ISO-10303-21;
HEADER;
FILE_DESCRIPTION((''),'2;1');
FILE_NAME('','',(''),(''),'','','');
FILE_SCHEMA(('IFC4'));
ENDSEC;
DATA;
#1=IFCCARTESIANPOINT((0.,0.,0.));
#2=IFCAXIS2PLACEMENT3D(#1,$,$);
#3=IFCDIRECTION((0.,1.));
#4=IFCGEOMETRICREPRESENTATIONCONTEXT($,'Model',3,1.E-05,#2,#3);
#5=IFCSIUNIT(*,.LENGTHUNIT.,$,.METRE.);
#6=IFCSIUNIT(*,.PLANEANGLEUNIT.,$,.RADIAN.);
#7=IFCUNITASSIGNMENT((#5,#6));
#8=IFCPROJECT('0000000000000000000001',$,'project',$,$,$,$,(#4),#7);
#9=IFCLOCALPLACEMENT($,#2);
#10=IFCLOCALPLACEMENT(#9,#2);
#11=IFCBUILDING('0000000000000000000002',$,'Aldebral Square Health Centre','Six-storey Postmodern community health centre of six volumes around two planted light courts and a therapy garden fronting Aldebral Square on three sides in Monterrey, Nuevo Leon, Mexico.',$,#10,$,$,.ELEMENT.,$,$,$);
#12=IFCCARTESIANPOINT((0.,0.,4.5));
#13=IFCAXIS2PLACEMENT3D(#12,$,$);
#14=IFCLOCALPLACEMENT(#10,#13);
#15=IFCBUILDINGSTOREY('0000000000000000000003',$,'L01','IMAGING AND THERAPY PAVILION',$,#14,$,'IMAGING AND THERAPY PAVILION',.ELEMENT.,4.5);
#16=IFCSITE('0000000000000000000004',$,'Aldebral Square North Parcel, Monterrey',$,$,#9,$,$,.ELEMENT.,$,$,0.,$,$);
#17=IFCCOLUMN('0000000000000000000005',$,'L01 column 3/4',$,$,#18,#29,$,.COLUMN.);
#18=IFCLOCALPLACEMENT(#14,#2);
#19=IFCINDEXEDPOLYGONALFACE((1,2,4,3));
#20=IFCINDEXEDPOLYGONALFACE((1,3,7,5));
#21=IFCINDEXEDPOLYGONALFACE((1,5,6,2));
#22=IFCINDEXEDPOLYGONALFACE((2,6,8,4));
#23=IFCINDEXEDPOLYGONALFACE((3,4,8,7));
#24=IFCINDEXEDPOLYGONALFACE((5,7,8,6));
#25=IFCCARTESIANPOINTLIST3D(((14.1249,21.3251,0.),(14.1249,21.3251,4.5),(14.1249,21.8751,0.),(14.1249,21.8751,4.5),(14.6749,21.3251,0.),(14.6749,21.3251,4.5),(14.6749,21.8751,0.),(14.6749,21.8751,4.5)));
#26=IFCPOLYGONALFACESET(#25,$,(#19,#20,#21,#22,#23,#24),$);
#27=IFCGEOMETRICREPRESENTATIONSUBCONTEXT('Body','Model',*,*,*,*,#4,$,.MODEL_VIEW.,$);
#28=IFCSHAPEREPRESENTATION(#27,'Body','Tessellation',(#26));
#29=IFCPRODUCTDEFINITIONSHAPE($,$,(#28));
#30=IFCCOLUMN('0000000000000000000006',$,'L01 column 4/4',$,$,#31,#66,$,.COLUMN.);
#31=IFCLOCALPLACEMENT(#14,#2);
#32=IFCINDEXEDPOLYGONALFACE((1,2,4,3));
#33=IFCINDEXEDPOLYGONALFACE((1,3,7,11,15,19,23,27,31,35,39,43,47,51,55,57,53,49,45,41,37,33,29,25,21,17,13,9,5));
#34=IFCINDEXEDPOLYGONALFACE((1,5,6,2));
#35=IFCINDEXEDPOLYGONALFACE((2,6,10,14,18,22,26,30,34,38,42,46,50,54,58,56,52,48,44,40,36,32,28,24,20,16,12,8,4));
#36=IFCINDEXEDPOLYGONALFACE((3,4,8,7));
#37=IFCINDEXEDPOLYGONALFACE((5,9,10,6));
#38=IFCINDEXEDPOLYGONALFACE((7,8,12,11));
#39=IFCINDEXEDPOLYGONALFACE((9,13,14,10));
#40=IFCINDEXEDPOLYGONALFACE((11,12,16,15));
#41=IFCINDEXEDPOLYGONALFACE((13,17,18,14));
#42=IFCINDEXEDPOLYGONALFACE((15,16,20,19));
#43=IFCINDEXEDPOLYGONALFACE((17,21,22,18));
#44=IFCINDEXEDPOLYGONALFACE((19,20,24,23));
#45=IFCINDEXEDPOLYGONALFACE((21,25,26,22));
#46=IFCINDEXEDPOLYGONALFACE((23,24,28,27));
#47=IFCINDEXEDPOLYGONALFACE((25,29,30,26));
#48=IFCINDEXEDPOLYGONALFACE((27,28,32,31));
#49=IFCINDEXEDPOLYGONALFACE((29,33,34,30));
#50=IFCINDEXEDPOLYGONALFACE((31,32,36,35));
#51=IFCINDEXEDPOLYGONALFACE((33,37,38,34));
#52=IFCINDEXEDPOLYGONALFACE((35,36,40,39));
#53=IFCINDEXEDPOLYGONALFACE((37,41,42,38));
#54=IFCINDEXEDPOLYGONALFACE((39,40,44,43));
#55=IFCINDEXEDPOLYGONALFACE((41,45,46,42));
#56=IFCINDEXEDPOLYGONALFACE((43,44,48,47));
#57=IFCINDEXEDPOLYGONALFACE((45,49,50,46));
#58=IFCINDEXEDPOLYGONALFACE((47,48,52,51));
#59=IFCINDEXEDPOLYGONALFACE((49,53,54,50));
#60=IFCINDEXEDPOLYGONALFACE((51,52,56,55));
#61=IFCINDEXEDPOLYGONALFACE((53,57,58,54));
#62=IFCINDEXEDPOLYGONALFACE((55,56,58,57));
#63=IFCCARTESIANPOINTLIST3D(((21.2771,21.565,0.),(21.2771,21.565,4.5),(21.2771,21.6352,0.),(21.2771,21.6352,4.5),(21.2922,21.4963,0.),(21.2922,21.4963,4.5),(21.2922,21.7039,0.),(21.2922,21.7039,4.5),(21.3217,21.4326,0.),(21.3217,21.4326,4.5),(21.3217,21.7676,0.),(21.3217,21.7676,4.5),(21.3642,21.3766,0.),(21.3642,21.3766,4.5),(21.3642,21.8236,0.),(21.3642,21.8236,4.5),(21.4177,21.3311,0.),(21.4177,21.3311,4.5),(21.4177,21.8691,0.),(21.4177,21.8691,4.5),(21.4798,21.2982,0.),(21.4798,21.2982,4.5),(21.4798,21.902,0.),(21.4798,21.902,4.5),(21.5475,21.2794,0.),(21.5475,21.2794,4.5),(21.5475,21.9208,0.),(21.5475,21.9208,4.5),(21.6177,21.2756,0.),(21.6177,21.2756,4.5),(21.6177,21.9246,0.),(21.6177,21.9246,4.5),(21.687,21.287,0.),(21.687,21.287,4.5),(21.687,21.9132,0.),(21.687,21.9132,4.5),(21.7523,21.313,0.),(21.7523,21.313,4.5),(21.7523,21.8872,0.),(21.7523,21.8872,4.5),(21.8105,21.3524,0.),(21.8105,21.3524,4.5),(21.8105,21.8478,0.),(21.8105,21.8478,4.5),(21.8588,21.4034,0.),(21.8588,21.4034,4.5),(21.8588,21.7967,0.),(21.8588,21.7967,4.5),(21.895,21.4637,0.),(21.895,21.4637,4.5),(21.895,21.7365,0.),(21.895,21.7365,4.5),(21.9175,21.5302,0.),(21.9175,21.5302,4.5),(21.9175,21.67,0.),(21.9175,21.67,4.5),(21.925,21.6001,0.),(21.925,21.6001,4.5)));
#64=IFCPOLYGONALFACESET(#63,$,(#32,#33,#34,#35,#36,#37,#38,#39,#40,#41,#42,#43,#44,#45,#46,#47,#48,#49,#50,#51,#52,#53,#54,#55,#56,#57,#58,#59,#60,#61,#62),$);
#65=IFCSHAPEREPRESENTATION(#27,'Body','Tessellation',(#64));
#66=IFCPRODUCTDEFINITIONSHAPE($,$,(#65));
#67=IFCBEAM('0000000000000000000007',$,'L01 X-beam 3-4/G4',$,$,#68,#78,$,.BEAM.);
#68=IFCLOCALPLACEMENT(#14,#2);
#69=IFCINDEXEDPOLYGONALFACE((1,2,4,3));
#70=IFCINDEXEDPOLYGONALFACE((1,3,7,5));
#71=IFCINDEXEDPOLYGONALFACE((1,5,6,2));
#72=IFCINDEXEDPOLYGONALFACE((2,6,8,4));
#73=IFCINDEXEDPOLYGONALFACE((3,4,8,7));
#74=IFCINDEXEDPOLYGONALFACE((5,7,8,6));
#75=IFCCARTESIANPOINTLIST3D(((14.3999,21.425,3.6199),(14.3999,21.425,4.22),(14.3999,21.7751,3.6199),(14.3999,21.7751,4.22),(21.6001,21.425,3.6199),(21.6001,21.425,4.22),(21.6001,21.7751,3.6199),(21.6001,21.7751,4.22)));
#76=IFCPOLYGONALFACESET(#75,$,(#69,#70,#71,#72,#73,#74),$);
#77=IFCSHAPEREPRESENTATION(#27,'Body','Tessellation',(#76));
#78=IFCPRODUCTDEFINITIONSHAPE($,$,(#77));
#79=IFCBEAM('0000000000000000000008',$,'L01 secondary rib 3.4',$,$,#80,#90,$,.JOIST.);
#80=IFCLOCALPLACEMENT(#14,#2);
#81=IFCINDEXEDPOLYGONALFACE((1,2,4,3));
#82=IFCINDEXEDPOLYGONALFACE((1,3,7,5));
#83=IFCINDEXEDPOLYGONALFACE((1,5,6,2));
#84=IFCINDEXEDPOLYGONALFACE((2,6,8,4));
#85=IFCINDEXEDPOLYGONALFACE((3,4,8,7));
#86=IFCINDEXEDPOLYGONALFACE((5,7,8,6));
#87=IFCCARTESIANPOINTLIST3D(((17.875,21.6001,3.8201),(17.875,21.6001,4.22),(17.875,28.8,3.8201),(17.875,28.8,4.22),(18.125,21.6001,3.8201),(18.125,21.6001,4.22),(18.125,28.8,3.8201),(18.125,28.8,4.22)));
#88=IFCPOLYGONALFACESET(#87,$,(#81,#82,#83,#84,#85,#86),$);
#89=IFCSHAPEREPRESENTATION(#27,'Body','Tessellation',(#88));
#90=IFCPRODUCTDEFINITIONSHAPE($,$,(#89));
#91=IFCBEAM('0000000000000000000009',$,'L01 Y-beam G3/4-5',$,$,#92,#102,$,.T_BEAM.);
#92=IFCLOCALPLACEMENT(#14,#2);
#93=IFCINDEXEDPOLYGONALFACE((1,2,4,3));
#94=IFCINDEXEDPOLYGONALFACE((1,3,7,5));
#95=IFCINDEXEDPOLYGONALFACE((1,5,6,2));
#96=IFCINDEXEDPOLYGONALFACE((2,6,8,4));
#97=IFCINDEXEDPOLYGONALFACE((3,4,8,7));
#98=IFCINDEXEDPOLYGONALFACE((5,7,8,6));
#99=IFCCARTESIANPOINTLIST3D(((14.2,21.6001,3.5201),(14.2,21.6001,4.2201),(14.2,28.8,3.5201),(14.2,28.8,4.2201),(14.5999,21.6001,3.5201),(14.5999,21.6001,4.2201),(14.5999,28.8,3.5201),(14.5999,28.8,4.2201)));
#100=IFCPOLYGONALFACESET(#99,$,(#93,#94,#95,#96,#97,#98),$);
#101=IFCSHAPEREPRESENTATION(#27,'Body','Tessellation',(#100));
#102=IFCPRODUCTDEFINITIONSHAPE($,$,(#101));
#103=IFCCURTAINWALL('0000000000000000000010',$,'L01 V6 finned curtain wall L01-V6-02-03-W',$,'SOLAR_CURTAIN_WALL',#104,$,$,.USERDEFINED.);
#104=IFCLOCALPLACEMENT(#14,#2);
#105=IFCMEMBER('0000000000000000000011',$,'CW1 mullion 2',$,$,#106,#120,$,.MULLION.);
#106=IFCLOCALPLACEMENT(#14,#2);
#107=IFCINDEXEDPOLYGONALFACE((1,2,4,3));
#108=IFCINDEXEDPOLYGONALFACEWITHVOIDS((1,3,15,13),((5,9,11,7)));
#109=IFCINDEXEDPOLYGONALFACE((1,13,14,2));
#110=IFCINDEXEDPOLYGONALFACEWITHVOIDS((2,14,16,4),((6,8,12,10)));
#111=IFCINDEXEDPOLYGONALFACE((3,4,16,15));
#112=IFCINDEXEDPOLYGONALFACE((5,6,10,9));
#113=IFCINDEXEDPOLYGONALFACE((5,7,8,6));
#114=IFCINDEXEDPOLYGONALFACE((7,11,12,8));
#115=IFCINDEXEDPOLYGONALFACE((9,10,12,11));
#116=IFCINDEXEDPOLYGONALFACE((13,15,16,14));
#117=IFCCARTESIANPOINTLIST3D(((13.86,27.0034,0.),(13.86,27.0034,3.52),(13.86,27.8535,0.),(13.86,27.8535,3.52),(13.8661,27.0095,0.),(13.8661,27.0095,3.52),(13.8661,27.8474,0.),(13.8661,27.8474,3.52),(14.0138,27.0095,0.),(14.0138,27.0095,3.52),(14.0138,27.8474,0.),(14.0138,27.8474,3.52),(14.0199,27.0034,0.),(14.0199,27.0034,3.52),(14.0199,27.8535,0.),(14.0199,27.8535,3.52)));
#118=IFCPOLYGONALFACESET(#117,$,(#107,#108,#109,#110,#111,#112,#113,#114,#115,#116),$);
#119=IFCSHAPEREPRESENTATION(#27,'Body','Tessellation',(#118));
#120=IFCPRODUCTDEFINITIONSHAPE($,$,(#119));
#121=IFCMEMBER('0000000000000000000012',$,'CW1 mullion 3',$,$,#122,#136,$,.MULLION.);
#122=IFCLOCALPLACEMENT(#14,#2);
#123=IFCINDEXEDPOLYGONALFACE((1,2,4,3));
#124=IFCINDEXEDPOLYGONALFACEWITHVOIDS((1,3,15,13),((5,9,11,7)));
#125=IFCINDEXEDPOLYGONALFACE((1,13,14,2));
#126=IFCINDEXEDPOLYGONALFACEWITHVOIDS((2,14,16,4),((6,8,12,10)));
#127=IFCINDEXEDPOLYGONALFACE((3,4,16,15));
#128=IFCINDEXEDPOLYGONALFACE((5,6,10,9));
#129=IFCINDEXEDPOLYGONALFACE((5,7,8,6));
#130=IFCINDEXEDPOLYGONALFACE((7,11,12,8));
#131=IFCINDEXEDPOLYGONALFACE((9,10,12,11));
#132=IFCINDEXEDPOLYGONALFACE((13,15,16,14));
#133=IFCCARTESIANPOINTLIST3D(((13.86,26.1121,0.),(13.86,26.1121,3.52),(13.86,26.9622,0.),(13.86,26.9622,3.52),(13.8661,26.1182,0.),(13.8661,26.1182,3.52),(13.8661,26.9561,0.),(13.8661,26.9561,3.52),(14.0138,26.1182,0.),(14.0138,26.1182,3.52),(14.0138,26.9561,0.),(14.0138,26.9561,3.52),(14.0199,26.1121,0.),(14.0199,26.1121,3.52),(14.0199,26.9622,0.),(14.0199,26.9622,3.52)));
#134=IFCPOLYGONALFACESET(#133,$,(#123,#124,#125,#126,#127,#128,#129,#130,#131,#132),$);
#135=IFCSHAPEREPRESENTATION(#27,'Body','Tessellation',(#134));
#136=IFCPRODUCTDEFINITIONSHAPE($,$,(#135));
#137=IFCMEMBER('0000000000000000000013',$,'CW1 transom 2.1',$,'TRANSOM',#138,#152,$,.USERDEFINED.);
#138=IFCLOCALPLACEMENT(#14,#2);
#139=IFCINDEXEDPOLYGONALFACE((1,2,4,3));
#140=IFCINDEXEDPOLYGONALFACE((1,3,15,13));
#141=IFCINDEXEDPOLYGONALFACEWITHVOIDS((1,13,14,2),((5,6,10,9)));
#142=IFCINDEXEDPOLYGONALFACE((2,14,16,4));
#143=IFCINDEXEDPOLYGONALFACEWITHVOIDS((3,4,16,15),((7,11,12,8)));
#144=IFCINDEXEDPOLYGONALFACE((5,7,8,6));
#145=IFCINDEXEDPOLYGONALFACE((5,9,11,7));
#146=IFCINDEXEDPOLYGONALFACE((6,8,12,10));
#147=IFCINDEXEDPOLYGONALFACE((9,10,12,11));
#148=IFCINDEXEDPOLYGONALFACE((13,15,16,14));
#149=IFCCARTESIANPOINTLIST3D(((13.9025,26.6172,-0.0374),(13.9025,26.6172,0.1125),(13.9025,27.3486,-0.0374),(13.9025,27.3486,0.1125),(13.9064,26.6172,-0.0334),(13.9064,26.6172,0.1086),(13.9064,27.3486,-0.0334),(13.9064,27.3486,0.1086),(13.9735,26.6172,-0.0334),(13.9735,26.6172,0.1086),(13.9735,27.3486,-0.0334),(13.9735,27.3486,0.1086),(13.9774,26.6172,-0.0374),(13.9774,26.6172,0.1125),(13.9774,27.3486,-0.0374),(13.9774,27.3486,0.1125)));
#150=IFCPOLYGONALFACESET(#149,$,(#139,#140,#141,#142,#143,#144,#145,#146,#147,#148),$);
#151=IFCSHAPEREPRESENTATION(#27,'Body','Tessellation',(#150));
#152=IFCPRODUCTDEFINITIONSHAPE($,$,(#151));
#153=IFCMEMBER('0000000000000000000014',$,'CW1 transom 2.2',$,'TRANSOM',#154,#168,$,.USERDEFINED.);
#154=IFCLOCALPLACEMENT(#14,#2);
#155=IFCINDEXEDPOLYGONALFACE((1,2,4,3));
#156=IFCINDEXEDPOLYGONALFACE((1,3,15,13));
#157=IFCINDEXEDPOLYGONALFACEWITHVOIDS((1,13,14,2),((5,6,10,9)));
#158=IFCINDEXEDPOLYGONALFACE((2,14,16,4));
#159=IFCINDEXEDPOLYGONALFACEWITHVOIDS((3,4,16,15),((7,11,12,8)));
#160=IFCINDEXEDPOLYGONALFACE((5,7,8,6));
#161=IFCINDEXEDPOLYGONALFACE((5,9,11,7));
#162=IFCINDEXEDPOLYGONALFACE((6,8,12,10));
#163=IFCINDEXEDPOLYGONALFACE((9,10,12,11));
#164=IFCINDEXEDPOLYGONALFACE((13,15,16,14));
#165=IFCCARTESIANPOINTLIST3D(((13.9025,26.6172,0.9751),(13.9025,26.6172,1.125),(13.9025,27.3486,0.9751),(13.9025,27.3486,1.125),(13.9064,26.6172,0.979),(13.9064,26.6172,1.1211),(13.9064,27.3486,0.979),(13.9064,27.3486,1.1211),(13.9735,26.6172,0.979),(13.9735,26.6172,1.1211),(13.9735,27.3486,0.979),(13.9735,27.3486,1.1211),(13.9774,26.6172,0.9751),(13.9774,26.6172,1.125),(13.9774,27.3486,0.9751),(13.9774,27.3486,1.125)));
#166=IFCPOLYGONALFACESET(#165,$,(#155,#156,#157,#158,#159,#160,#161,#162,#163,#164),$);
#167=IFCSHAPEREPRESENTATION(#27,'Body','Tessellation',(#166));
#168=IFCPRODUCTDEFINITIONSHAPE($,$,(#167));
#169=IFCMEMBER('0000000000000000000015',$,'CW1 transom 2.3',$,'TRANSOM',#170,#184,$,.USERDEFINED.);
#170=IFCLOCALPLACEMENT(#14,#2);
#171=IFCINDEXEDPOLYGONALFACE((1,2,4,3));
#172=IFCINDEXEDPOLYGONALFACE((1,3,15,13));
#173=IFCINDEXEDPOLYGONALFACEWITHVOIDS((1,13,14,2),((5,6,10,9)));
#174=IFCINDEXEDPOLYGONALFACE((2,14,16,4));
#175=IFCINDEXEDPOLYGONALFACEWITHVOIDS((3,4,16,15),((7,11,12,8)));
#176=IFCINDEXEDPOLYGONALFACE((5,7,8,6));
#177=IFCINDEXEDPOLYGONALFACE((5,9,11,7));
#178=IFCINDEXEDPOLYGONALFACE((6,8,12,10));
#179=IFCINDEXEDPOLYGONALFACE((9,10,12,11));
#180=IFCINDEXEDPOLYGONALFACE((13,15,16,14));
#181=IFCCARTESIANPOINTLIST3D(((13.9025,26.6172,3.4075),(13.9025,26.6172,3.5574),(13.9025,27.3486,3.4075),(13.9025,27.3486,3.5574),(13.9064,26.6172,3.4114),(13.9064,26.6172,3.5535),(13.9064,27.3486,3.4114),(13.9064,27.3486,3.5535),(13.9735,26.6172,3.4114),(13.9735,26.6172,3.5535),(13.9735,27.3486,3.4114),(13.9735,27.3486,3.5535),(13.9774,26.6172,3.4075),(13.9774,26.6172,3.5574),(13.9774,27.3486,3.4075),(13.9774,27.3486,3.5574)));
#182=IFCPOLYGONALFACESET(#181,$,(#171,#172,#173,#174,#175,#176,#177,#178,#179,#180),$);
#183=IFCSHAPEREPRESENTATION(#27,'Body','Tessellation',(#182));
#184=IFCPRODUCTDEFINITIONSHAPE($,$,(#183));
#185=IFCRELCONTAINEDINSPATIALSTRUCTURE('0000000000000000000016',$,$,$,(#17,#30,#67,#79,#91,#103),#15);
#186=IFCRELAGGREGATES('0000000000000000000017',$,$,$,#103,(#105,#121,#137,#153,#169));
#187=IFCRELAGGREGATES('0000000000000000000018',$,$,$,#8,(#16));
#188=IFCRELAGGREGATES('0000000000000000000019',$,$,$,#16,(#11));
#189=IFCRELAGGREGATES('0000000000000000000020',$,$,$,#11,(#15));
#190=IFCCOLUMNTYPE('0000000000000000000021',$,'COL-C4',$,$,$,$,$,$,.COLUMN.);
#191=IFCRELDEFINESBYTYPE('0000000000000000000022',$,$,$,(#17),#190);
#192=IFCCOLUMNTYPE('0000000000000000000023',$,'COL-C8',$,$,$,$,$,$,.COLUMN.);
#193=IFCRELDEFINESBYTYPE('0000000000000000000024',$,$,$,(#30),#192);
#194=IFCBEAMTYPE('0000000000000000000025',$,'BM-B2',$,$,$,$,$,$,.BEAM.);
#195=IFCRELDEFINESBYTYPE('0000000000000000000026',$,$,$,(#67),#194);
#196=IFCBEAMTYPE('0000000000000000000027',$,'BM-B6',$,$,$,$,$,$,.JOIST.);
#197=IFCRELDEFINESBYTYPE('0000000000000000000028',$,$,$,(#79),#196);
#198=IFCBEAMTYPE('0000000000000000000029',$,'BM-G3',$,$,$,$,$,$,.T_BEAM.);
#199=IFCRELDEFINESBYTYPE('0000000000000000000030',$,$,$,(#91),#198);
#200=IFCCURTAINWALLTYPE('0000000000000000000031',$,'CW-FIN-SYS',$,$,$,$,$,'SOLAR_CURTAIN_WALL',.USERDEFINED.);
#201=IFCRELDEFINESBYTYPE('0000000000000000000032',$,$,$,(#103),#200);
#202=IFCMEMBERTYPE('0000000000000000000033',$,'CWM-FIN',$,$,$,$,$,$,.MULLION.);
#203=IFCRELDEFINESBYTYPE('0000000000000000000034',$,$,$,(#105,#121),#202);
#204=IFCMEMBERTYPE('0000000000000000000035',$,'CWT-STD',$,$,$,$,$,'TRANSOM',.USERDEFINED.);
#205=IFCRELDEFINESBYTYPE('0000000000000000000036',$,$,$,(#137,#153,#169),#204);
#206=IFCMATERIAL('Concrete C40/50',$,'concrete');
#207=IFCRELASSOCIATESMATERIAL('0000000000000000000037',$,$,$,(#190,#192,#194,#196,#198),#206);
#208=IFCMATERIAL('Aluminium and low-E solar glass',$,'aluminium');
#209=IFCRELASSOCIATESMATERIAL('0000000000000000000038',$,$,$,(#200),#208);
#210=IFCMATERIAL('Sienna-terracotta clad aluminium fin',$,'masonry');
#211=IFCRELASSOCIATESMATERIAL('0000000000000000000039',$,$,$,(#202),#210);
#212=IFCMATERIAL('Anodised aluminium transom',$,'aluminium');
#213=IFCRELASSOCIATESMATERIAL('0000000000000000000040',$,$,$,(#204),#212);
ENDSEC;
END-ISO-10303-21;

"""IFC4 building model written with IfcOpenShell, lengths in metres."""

from ifc_helpers import new_model, si_unit, direction, frame, origin, origin_2d, place, context, subcontext, project, spatial, rectangle, hollow_rectangle, circle, extrude, material, material_profile, profile_set, type_object, element, aggregate, save


model = new_model("IFC4")

# Units and contexts
model_context = context("Model", 3, precision=1e-05, world=origin(), true_north=direction((0.0, 1.0)))
body_context = subcontext(model_context, "Body", "Model", "MODEL_VIEW")
ifc_project = project(units=[si_unit("LENGTHUNIT", "METRE"), si_unit("PLANEANGLEUNIT", "RADIAN")], contexts=[model_context])

# Site, building, storey
site_placement = place(None, origin())
site = spatial("IfcSite", under=ifc_project, at=site_placement, Name="Aldebral Square North Parcel, Monterrey", CompositionType="ELEMENT", RefElevation=0.0)
building_placement = place(site_placement, origin())
building = spatial("IfcBuilding", under=site, at=building_placement, Name="Aldebral Square Health Centre", Description="Six-storey Postmodern community health centre of six volumes around two planted light courts and a therapy garden fronting Aldebral Square on three sides in Monterrey, Nuevo Leon, Mexico.", CompositionType="ELEMENT")
storey_placement = place(building_placement, frame((0.0, 0.0, 4.5)))
storey = spatial("IfcBuildingStorey", under=building, at=storey_placement, Name="L01", Description="IMAGING AND THERAPY PAVILION", LongName="IMAGING AND THERAPY PAVILION", CompositionType="ELEMENT", Elevation=4.5)

# Columns
ifc_material_1 = material(Name="Concrete C40/50", Category="concrete")
ifc_material_profile_1 = material_profile(ifc_material_1, rectangle(XDim=0.55, YDim=0.55, at=origin_2d()), Name="RC 550x550")
ifc_profile_set_1 = profile_set([ifc_material_profile_1], Name="Concrete C40/50")
column_type_1 = type_object("IfcColumnType", Name="COL-C4", PredefinedType="COLUMN", material=ifc_profile_set_1)
column_1_placement = place(storey_placement, frame((14.3999, 21.6001, 0.0), z_axis=(0.0, 0.0, 1.0), x_axis=(1.0, 0.0, 0.0)))
element("IfcColumn", 1, at=column_1_placement, inside=storey, type_object=column_type_1, Name="L01 column 3/4", PredefinedType="COLUMN", context=body_context, shape_type="SweptSolid", body=[
    extrude(rectangle(XDim=0.55, YDim=0.55, at=origin_2d()), origin(), (0.0, 0.0, 1.0), 4.5),
])
ifc_material_profile_2 = material_profile(ifc_material_1, circle(Radius=0.325, at=origin_2d()), Name="RC D650")
ifc_profile_set_2 = profile_set([ifc_material_profile_2], Name="Concrete C40/50")
column_type_2 = type_object("IfcColumnType", Name="COL-C8", PredefinedType="COLUMN", material=ifc_profile_set_2)
column_2_placement = place(storey_placement, frame((21.6001, 21.6001, 0.0), z_axis=(0.0, 0.0, 1.0), x_axis=(1.0, 0.0, 0.0)))
element("IfcColumn", 2, at=column_2_placement, inside=storey, type_object=column_type_2, Name="L01 column 4/4", PredefinedType="COLUMN", context=body_context, shape_type="SweptSolid", body=[
    extrude(circle(Radius=0.325, at=origin_2d()), origin(), (0.0, 0.0, 1.0), 4.5),
])

# Beams
ifc_material_profile_3 = material_profile(ifc_material_1, rectangle(XDim=0.3501, YDim=0.6001, at=origin_2d()), Name="RC 350x600")
ifc_profile_set_3 = profile_set([ifc_material_profile_3], Name="Concrete C40/50")
beam_type_1 = type_object("IfcBeamType", Name="BM-B2", PredefinedType="BEAM", material=ifc_profile_set_3)
beam_1_placement = place(storey_placement, frame((14.3999, 21.6001, 3.9199), z_axis=(1.0, 0.0, 0.0), x_axis=(0.0, 1.0, 0.0)))
element("IfcBeam", 3, at=beam_1_placement, inside=storey, type_object=beam_type_1, Name="L01 X-beam 3-4/G4", PredefinedType="BEAM", context=body_context, shape_type="SweptSolid", body=[
    extrude(rectangle(XDim=0.3501, YDim=0.6001, at=origin_2d()), origin(), (0.0, 0.0, 1.0), 7.2002),
])
ifc_material_profile_4 = material_profile(ifc_material_1, rectangle(XDim=0.25, YDim=0.3999, at=origin_2d()), Name="RC 250x400")
ifc_profile_set_4 = profile_set([ifc_material_profile_4], Name="Concrete C40/50")
beam_type_2 = type_object("IfcBeamType", Name="BM-B6", PredefinedType="JOIST", material=ifc_profile_set_4)
beam_2_placement = place(storey_placement, frame((18.0, 21.6001, 4.02), z_axis=(0.0, 1.0, 0.0), x_axis=(-1.0, 0.0, 0.0)))
element("IfcBeam", 4, at=beam_2_placement, inside=storey, type_object=beam_type_2, Name="L01 secondary rib 3.4", PredefinedType="JOIST", context=body_context, shape_type="SweptSolid", body=[
    extrude(rectangle(XDim=0.25, YDim=0.3999, at=origin_2d()), origin(), (0.0, 0.0, 1.0), 7.2),
])
ifc_material_profile_5 = material_profile(ifc_material_1, rectangle(XDim=0.3999, YDim=0.7, at=origin_2d()), Name="RC 400x700")
ifc_profile_set_5 = profile_set([ifc_material_profile_5], Name="Concrete C40/50")
beam_type_3 = type_object("IfcBeamType", Name="BM-G3", PredefinedType="T_BEAM", material=ifc_profile_set_5)
beam_3_placement = place(storey_placement, frame((14.3999, 21.6001, 3.8701), z_axis=(0.0, 1.0, 0.0), x_axis=(-1.0, 0.0, 0.0)))
element("IfcBeam", 5, at=beam_3_placement, inside=storey, type_object=beam_type_3, Name="L01 Y-beam G3/4-5", PredefinedType="T_BEAM", context=body_context, shape_type="SweptSolid", body=[
    extrude(rectangle(XDim=0.3999, YDim=0.7, at=origin_2d()), origin(), (0.0, 0.0, 1.0), 7.2),
])

# Curtain wall, members
ifc_material_2 = material(Name="Aluminium and low-E solar glass", Category="aluminium")
curtain_wall_type = type_object("IfcCurtainWallType", Name="CW-FIN-SYS", ElementType="SOLAR_CURTAIN_WALL", PredefinedType="USERDEFINED", material=ifc_material_2)
curtain_wall_placement = place(storey_placement, origin())
curtain_wall = element("IfcCurtainWall", 6, at=curtain_wall_placement, inside=storey, type_object=curtain_wall_type, Name="L01 V6 finned curtain wall L01-V6-02-03-W", ObjectType="SOLAR_CURTAIN_WALL", PredefinedType="USERDEFINED")
ifc_material_3 = material(Name="Sienna-terracotta clad aluminium fin", Category="masonry")
ifc_material_profile_6 = material_profile(ifc_material_3, hollow_rectangle(XDim=0.1599, YDim=0.8501, WallThickness=0.0061, at=origin_2d()), Name="FIN 160x850x6")
ifc_profile_set_6 = profile_set([ifc_material_profile_6], Name="Sienna-terracotta clad aluminium fin")
member_type_1 = type_object("IfcMemberType", Name="CWM-FIN", PredefinedType="MULLION", material=ifc_profile_set_6)
member_1_placement = place(storey_placement, frame((13.9399, 27.4285, 0.0), z_axis=(0.0, 0.0, 1.0), x_axis=(1.0, 0.0, 0.0)))
member_1 = element("IfcMember", 7, at=member_1_placement, type_object=member_type_1, Name="CW1 mullion 2", PredefinedType="MULLION", context=body_context, shape_type="SweptSolid", body=[
    extrude(hollow_rectangle(XDim=0.1599, YDim=0.8501, WallThickness=0.0061, at=origin_2d()), origin(), (0.0, 0.0, 1.0), 3.52),
])
member_2_placement = place(storey_placement, frame((13.9399, 26.5371, 0.0), z_axis=(0.0, 0.0, 1.0), x_axis=(1.0, 0.0, 0.0)))
member_2 = element("IfcMember", 8, at=member_2_placement, type_object=member_type_1, Name="CW1 mullion 3", PredefinedType="MULLION", context=body_context, shape_type="SweptSolid", body=[
    extrude(hollow_rectangle(XDim=0.1599, YDim=0.8501, WallThickness=0.0061, at=origin_2d()), origin(), (0.0, 0.0, 1.0), 3.52),
])
ifc_material_4 = material(Name="Anodised aluminium transom", Category="aluminium")
ifc_material_profile_7 = material_profile(ifc_material_4, hollow_rectangle(XDim=0.075, YDim=0.1499, WallThickness=0.0039, at=origin_2d()), Name="CWT 75x150x4")
ifc_profile_set_7 = profile_set([ifc_material_profile_7], Name="Anodised aluminium transom")
member_type_2 = type_object("IfcMemberType", Name="CWT-STD", ElementType="TRANSOM", PredefinedType="USERDEFINED", material=ifc_profile_set_7)
member_3_placement = place(storey_placement, frame((13.9399, 27.3486, 0.0376), z_axis=(0.0, -1.0, 0.0), x_axis=(1.0, 0.0, 0.0)))
member_3 = element("IfcMember", 9, at=member_3_placement, type_object=member_type_2, Name="CW1 transom 2.1", ObjectType="TRANSOM", PredefinedType="USERDEFINED", context=body_context, shape_type="SweptSolid", body=[
    extrude(hollow_rectangle(XDim=0.075, YDim=0.1499, WallThickness=0.0039, at=origin_2d()), origin(), (0.0, 0.0, 1.0), 0.7314),
])
member_4_placement = place(storey_placement, frame((13.9399, 27.3486, 1.05), z_axis=(0.0, -1.0, 0.0), x_axis=(1.0, 0.0, 0.0)))
member_4 = element("IfcMember", 10, at=member_4_placement, type_object=member_type_2, Name="CW1 transom 2.2", ObjectType="TRANSOM", PredefinedType="USERDEFINED", context=body_context, shape_type="SweptSolid", body=[
    extrude(hollow_rectangle(XDim=0.075, YDim=0.1499, WallThickness=0.0039, at=origin_2d()), origin(), (0.0, 0.0, 1.0), 0.7314),
])
member_5_placement = place(storey_placement, frame((13.9399, 27.3486, 3.4824), z_axis=(0.0, -1.0, 0.0), x_axis=(1.0, 0.0, 0.0)))
member_5 = element("IfcMember", 11, at=member_5_placement, type_object=member_type_2, Name="CW1 transom 2.3", ObjectType="TRANSOM", PredefinedType="USERDEFINED", context=body_context, shape_type="SweptSolid", body=[
    extrude(hollow_rectangle(XDim=0.075, YDim=0.1499, WallThickness=0.0039, at=origin_2d()), origin(), (0.0, 0.0, 1.0), 0.7314),
])
aggregate(curtain_wall, [member_1, member_2, member_3, member_4, member_5])

save(model, "model.ifc")
